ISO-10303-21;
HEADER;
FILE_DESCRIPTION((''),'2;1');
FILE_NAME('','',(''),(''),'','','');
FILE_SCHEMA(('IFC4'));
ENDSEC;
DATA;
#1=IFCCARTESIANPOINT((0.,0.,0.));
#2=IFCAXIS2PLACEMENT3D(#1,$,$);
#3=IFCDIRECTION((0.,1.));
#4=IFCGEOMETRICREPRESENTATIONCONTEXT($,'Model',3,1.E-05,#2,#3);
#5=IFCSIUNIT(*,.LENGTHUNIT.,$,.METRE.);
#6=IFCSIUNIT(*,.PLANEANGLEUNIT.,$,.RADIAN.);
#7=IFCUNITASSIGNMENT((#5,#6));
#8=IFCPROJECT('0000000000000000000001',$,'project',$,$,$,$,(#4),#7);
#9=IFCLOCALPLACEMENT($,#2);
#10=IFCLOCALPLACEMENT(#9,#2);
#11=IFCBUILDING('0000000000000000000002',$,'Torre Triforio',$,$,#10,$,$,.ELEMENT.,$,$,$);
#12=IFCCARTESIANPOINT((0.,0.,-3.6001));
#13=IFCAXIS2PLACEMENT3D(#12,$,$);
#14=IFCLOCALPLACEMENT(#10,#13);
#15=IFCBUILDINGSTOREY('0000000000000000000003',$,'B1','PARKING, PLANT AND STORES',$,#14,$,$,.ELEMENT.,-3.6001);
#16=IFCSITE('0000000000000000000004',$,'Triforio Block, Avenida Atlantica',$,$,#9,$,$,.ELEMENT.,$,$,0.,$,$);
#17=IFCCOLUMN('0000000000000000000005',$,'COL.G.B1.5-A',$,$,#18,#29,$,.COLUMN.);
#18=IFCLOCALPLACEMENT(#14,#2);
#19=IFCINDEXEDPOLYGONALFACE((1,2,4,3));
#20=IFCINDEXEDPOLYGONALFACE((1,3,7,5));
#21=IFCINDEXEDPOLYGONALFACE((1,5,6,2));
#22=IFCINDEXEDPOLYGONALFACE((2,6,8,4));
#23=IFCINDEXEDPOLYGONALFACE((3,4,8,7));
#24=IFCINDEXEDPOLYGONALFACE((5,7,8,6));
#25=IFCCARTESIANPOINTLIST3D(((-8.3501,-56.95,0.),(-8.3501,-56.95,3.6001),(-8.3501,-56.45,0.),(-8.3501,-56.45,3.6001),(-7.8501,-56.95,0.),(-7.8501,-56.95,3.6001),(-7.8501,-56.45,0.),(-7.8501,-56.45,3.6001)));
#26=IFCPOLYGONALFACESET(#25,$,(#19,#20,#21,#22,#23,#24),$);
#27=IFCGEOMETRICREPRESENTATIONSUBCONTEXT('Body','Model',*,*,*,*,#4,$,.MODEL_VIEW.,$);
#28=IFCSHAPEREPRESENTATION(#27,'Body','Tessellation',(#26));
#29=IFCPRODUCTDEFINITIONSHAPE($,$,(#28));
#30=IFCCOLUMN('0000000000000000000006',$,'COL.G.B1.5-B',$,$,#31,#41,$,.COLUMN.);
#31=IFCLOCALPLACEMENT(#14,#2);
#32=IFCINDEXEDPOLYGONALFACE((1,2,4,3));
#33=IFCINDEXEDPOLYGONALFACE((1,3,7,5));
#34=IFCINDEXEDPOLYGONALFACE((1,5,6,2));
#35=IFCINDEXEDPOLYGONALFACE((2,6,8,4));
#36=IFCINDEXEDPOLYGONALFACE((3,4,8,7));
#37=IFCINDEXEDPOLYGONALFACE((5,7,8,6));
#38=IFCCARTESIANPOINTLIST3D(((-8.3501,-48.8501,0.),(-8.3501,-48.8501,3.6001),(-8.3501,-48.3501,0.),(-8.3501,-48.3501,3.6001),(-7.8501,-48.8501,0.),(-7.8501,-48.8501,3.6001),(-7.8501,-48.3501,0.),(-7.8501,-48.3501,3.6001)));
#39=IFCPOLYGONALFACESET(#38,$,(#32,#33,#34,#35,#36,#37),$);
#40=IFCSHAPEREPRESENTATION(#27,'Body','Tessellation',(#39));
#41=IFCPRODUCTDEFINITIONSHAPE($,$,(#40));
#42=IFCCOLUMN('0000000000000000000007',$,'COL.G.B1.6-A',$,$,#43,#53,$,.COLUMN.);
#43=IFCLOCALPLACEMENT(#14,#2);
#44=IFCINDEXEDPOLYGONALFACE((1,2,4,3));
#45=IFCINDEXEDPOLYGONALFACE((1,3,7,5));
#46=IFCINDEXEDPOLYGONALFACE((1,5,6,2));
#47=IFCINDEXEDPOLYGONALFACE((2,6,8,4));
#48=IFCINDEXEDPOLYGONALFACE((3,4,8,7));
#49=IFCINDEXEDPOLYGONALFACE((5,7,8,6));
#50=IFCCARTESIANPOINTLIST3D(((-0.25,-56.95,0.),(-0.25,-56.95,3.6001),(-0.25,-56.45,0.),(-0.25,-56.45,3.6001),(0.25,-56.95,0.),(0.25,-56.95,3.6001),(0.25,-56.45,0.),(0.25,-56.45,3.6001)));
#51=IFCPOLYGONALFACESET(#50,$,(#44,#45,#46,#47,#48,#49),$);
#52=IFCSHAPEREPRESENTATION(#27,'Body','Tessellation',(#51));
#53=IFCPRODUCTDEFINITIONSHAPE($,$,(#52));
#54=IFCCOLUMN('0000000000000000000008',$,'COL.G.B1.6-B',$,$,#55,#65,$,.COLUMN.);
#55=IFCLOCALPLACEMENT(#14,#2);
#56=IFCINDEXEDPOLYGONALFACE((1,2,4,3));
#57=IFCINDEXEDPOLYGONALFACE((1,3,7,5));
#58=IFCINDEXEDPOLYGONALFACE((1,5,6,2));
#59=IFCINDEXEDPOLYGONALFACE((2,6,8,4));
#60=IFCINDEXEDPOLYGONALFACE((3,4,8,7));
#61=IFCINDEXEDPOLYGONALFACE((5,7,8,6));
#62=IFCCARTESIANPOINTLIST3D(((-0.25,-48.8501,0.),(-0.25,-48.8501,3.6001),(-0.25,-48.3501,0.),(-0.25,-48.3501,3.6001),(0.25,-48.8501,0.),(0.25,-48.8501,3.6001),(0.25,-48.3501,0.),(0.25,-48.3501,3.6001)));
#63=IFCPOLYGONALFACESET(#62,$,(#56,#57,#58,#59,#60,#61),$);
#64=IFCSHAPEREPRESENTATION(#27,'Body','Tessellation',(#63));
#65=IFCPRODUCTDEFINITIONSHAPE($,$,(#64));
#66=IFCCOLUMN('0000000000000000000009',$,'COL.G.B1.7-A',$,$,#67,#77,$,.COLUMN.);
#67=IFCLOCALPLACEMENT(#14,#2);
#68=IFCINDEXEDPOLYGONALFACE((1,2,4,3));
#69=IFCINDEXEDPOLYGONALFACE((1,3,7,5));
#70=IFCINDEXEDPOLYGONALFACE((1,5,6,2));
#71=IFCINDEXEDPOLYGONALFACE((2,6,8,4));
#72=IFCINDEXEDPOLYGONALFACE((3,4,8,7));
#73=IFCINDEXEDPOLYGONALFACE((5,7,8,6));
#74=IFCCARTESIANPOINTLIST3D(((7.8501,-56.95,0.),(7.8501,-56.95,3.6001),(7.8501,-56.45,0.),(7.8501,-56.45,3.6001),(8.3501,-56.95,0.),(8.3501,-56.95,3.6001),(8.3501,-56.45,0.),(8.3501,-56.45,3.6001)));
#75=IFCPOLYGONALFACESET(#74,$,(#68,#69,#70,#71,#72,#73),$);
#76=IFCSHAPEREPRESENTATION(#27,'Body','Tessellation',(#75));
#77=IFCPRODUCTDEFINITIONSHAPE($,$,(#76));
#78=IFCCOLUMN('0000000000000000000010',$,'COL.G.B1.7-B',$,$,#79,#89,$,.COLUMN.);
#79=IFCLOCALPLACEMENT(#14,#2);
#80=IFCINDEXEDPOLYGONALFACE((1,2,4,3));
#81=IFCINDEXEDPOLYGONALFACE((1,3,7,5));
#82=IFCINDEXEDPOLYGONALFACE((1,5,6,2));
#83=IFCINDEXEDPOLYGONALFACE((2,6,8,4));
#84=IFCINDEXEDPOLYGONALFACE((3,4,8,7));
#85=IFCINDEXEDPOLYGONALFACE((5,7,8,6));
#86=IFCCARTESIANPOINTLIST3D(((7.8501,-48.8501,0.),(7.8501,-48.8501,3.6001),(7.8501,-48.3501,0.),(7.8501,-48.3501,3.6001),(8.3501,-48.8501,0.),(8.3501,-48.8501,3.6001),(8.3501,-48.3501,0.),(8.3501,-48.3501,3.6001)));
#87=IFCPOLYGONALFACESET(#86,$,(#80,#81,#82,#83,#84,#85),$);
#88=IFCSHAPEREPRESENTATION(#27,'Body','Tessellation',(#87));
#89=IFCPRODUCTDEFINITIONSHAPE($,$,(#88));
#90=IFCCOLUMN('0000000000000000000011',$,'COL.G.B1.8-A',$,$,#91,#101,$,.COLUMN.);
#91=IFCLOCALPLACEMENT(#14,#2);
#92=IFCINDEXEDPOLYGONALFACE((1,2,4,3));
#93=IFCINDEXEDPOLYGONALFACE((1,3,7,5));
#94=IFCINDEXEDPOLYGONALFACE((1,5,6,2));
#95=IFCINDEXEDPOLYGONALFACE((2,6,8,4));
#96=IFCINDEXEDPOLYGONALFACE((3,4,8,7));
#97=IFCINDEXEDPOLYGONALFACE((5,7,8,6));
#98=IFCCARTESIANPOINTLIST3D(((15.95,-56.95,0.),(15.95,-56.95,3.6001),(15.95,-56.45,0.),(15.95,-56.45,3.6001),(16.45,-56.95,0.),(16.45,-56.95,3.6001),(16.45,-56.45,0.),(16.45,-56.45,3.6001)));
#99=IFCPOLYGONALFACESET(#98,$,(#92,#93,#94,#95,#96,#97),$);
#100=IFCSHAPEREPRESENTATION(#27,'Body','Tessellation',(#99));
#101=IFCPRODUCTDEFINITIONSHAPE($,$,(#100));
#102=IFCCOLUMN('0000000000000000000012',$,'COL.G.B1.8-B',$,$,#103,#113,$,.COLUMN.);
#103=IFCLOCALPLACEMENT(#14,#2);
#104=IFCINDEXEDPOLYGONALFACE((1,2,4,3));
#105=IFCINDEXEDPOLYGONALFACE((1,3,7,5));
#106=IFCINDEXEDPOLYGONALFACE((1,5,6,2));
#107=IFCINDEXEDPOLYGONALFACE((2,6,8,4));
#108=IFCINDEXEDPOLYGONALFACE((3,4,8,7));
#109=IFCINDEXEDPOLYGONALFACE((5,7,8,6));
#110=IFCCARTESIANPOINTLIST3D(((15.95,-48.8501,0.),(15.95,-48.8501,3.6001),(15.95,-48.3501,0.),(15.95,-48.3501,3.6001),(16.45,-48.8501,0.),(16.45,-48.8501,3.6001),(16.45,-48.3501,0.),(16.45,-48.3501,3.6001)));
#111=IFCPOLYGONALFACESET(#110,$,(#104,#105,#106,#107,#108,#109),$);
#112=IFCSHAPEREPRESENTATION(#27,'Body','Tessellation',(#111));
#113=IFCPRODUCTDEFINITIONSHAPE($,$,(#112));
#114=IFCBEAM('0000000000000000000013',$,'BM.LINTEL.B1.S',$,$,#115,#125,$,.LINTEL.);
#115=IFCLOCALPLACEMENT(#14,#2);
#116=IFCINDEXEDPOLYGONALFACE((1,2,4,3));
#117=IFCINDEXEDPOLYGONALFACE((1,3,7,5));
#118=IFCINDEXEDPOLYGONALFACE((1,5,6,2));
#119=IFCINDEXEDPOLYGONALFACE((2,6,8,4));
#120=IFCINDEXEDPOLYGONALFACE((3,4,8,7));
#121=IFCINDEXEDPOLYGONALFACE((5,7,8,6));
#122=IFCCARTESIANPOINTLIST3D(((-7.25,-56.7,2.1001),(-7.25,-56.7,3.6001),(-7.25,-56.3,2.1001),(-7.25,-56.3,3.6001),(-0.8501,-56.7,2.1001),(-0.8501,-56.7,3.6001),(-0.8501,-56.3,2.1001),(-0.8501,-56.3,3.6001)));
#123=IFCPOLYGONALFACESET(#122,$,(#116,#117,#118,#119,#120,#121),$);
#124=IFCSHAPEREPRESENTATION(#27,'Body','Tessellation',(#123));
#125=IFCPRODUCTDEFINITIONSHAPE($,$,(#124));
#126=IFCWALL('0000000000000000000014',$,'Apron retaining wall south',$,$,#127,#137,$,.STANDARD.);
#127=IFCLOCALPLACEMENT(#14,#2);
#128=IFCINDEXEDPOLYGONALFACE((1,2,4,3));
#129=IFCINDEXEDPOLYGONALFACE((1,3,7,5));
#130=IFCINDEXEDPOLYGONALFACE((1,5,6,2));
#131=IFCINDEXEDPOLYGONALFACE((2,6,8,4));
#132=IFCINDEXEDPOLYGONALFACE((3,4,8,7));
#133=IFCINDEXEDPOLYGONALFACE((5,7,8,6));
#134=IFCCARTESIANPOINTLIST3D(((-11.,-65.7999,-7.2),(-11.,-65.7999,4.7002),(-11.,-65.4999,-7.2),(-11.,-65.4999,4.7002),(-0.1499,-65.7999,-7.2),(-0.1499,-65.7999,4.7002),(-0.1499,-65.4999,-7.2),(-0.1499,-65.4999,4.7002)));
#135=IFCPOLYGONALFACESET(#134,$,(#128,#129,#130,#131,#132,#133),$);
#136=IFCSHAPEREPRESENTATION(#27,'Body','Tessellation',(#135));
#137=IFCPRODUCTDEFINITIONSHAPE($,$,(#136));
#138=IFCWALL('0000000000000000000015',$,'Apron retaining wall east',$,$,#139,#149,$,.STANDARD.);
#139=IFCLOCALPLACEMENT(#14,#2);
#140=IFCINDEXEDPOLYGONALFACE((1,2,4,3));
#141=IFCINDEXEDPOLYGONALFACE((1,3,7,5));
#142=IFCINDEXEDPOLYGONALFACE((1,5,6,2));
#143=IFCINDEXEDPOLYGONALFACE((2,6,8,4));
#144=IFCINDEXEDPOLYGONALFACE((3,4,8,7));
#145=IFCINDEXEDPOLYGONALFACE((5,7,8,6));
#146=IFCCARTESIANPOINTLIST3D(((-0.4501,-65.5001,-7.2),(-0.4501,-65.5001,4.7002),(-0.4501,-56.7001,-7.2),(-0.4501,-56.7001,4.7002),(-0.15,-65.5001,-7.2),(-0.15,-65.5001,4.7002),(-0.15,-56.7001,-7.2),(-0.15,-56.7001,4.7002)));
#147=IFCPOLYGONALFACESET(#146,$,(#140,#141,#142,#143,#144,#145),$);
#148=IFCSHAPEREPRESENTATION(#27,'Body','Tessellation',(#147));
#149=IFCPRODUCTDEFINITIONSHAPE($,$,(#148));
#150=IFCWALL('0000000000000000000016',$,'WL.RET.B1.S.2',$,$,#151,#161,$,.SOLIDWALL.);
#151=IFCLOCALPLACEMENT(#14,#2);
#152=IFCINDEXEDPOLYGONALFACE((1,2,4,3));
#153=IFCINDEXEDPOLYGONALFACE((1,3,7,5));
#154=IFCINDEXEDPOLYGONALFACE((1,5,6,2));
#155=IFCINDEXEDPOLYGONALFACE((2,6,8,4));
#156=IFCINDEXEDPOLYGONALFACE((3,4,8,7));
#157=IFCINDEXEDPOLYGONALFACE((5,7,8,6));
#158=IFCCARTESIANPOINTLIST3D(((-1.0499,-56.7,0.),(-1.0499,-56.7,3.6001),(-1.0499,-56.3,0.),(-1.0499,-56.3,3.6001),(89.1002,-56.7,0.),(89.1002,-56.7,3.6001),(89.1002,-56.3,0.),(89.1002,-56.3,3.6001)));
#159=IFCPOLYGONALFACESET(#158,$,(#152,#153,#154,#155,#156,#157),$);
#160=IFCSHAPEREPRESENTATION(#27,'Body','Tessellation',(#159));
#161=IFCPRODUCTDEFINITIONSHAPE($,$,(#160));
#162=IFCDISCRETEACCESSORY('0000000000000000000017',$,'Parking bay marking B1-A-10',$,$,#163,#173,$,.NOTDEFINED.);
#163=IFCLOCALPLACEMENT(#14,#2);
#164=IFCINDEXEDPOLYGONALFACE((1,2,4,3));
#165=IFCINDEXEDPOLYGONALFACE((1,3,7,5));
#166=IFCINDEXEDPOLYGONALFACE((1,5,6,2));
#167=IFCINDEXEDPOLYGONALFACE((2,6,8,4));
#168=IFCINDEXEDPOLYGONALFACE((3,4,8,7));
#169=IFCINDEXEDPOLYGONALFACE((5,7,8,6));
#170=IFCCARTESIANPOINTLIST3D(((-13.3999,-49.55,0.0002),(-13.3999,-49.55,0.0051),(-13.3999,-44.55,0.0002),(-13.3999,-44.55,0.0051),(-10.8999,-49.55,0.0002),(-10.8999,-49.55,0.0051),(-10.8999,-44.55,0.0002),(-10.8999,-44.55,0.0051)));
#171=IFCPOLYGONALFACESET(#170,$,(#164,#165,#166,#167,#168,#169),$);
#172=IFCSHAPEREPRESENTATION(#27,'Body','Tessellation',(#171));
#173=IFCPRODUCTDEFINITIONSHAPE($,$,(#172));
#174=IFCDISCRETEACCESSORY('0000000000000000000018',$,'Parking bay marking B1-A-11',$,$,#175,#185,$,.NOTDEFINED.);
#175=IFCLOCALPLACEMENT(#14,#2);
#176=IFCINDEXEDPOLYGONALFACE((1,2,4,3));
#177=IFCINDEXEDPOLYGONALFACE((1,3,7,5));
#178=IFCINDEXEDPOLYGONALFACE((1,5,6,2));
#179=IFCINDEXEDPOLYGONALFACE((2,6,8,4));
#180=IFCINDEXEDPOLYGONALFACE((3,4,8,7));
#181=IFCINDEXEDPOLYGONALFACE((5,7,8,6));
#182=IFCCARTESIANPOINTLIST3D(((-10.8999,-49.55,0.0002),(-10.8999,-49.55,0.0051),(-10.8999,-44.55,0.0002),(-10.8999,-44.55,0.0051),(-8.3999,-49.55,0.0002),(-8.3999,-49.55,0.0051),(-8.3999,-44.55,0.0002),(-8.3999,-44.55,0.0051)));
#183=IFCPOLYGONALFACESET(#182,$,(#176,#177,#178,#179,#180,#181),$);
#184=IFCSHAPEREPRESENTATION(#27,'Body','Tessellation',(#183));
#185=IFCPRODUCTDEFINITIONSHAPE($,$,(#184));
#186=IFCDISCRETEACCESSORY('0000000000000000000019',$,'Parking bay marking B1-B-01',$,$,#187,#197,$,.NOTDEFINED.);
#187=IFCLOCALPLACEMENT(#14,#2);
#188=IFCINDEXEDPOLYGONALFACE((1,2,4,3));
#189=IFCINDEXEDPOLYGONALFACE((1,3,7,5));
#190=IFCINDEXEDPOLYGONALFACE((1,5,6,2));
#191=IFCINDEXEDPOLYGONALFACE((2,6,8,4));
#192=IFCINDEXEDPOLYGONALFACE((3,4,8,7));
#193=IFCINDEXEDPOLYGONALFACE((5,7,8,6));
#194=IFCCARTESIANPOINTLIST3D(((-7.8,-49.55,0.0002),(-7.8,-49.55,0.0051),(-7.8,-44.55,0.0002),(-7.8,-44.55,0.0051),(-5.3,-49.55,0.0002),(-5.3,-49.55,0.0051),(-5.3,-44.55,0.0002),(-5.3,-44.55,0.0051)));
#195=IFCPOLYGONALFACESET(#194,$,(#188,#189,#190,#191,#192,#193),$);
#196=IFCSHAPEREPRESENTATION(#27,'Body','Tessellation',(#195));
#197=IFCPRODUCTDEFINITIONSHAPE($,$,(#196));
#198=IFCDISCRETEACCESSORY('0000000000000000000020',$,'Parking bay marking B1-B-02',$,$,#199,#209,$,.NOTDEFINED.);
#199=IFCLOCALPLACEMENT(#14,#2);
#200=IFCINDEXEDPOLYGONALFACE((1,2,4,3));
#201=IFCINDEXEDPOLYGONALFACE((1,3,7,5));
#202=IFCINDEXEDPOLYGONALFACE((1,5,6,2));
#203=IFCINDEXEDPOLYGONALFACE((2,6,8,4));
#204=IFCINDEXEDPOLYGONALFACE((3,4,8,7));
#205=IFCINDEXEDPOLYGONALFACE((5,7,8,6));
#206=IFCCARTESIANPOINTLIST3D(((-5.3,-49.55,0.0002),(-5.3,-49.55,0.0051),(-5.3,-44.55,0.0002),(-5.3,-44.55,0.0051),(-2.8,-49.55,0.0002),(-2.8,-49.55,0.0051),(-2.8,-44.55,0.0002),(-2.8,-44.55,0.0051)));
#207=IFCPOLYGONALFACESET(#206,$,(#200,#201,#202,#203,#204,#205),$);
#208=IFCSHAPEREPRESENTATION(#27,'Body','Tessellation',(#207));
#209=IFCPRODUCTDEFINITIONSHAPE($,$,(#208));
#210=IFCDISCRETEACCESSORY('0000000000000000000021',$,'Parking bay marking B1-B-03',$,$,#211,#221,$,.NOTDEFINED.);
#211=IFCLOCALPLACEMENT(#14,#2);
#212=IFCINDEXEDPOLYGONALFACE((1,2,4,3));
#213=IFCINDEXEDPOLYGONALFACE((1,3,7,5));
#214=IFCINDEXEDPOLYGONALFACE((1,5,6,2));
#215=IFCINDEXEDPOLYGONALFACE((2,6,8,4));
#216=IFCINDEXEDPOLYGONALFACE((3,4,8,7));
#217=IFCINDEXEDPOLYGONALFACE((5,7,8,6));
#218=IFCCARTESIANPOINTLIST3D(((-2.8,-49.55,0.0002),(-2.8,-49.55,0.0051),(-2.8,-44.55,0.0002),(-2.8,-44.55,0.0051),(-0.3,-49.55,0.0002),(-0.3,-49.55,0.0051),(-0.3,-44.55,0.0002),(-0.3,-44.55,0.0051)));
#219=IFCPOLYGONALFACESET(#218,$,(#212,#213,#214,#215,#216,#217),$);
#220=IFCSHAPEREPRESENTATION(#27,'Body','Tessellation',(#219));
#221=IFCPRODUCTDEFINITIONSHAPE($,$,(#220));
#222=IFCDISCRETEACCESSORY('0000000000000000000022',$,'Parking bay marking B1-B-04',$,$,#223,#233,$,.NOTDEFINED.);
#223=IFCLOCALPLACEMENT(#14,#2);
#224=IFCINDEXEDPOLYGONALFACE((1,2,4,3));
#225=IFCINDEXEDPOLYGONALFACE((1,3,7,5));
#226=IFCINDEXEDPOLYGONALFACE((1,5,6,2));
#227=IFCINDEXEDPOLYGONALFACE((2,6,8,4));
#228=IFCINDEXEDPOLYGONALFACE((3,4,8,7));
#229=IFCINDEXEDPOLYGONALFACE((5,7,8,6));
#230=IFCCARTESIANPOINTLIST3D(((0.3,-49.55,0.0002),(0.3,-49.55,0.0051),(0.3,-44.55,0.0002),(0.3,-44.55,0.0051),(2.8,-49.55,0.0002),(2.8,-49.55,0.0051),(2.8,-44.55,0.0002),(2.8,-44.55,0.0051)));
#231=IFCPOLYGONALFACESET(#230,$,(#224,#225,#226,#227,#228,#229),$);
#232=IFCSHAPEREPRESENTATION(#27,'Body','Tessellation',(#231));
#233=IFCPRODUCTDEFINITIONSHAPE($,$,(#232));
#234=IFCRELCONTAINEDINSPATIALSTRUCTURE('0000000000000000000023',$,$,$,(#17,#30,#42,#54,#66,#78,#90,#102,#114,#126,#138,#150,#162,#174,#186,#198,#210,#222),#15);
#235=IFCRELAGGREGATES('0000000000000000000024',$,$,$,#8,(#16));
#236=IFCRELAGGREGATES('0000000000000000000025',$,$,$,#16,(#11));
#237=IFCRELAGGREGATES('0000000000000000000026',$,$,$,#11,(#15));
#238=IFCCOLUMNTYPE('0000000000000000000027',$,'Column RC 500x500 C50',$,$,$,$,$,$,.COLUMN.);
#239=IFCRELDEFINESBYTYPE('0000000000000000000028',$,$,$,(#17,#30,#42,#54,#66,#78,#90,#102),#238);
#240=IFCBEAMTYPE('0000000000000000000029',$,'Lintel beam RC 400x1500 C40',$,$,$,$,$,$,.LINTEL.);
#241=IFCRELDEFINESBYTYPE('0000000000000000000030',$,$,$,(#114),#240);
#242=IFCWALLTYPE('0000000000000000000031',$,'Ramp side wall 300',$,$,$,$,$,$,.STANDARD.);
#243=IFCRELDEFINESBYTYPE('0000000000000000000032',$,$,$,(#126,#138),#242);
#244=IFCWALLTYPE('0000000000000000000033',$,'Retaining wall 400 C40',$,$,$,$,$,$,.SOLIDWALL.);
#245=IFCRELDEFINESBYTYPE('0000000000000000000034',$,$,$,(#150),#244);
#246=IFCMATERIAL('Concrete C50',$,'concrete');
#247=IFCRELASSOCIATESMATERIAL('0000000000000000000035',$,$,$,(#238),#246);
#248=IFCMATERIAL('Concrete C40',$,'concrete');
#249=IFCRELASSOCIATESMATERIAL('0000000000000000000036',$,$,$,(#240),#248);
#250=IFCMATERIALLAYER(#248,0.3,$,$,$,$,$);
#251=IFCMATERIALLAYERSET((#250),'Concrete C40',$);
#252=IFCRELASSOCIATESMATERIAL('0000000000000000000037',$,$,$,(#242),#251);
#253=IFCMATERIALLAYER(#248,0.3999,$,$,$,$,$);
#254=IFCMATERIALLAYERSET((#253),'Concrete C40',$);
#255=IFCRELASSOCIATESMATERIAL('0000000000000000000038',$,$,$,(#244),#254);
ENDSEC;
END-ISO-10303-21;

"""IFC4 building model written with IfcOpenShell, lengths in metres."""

from ifc_helpers import new_model, si_unit, direction, frame, frame_2d, origin, origin_2d, place, context, subcontext, project, spatial, rectangle, extrude, material, layer, layer_set, material_profile, profile_set, type_object, element, save


model = new_model("IFC4")

# Units and contexts
model_context = context("Model", 3, precision=1e-05, world=origin(), true_north=direction((0.0, 1.0)))
body_context = subcontext(model_context, "Body", "Model", "MODEL_VIEW")
ifc_project = project(units=[si_unit("LENGTHUNIT", "METRE"), si_unit("PLANEANGLEUNIT", "RADIAN")], contexts=[model_context])

# Site, building, storey
site_placement = place(None, origin())
site = spatial("IfcSite", under=ifc_project, at=site_placement, Name="Triforio Block, Avenida Atlantica", CompositionType="ELEMENT", RefElevation=0.0)
building_placement = place(site_placement, origin())
building = spatial("IfcBuilding", under=site, at=building_placement, Name="Torre Triforio", CompositionType="ELEMENT")
storey_placement = place(building_placement, frame((0.0, 0.0, -3.6001)))
storey = spatial("IfcBuildingStorey", under=building, at=storey_placement, Name="B1", Description="PARKING, PLANT AND STORES", CompositionType="ELEMENT", Elevation=-3.6001)

# Columns
ifc_material_1 = material(Name="Concrete C50", Category="concrete")
ifc_material_profile_1 = material_profile(ifc_material_1, rectangle(XDim=0.5, YDim=0.5, at=origin_2d()), Name="RC 500x500")
ifc_profile_set_1 = profile_set([ifc_material_profile_1], Name="Concrete C50")
column_type = type_object("IfcColumnType", Name="Column RC 500x500 C50", PredefinedType="COLUMN", material=ifc_profile_set_1)
for number, where, z_axis, x_axis, name in (
    (1, (-8.1001, -56.7, 0.0), (0.0, 0.0, 1.0), (1.0, 0.0, 0.0), "COL.G.B1.5-A"),
    (2, (-8.1001, -48.6001, 0.0), (0.0, 0.0, 1.0), (1.0, 0.0, 0.0), "COL.G.B1.5-B"),
    (3, (0.0, -56.7, 0.0), (0.0, 0.0, 1.0), (1.0, 0.0, 0.0), "COL.G.B1.6-A"),
    (4, (0.0, -48.6001, 0.0), (0.0, 0.0, 1.0), (1.0, 0.0, 0.0), "COL.G.B1.6-B"),
    (5, (8.1001, -56.7, 0.0), (0.0, 0.0, 1.0), (1.0, 0.0, 0.0), "COL.G.B1.7-A"),
    (6, (8.1001, -48.6001, 0.0), (0.0, 0.0, 1.0), (1.0, 0.0, 0.0), "COL.G.B1.7-B"),
    (7, (16.2, -56.7, 0.0), (0.0, 0.0, 1.0), (1.0, 0.0, 0.0), "COL.G.B1.8-A"),
    (8, (16.2, -48.6001, 0.0), (0.0, 0.0, 1.0), (1.0, 0.0, 0.0), "COL.G.B1.8-B"),
):
    element("IfcColumn", number, at=place(storey_placement, frame(where, z_axis=z_axis, x_axis=x_axis)), inside=storey, type_object=column_type, Name=name, PredefinedType="COLUMN", context=body_context, shape_type="SweptSolid", body=[
        extrude(rectangle(XDim=0.5, YDim=0.5, at=origin_2d()), origin(), (0.0, 0.0, 1.0), 3.6001),
    ])

# Beam
ifc_material_2 = material(Name="Concrete C40", Category="concrete")
ifc_material_profile_2 = material_profile(ifc_material_2, rectangle(XDim=0.3999, YDim=1.5, at=origin_2d()), Name="RC 400x1500")
ifc_profile_set_2 = profile_set([ifc_material_profile_2], Name="Concrete C40")
beam_type = type_object("IfcBeamType", Name="Lintel beam RC 400x1500 C40", PredefinedType="LINTEL", material=ifc_profile_set_2)
beam_placement = place(storey_placement, frame((-7.25, -56.5, 2.8501), z_axis=(1.0, 0.0, 0.0), x_axis=(0.0, 1.0, 0.0)))
element("IfcBeam", 9, at=beam_placement, inside=storey, type_object=beam_type, Name="BM.LINTEL.B1.S", PredefinedType="LINTEL", context=body_context, shape_type="SweptSolid", body=[
    extrude(rectangle(XDim=0.3999, YDim=1.5, at=origin_2d()), origin(), (0.0, 0.0, 1.0), 6.3999),
])

# Walls
ifc_layer_1 = layer(ifc_material_2, 0.3)
ifc_layer_set_1 = layer_set([ifc_layer_1], Name="Concrete C40")
wall_type_1 = type_object("IfcWallType", Name="Ramp side wall 300", PredefinedType="STANDARD", material=ifc_layer_set_1)
wall_1_placement = place(storey_placement, frame((-11.0, -65.6499, -7.2), z_axis=(0.0, 0.0, 1.0), x_axis=(1.0, 0.0, 0.0)))
element("IfcWall", 10, at=wall_1_placement, inside=storey, type_object=wall_type_1, Name="Apron retaining wall south", PredefinedType="STANDARD", context=body_context, shape_type="SweptSolid", body=[
    extrude(rectangle(XDim=10.8501, YDim=0.3, at=frame_2d((5.425, 0.0))), origin(), (0.0, 0.0, 1.0), 11.9001),
])
wall_2_placement = place(storey_placement, frame((-0.3, -65.5, -7.2), z_axis=(0.0, 0.0, 1.0), x_axis=(0.0, 1.0, 0.0)))
element("IfcWall", 11, at=wall_2_placement, inside=storey, type_object=wall_type_1, Name="Apron retaining wall east", PredefinedType="STANDARD", context=body_context, shape_type="SweptSolid", body=[
    extrude(rectangle(XDim=8.8, YDim=0.3, at=frame_2d((4.3999, 0.0))), origin(), (0.0, 0.0, 1.0), 11.9001),
])
ifc_layer_2 = layer(ifc_material_2, 0.3999)
ifc_layer_set_2 = layer_set([ifc_layer_2], Name="Concrete C40")
wall_type_2 = type_object("IfcWallType", Name="Retaining wall 400 C40", PredefinedType="SOLIDWALL", material=ifc_layer_set_2)
wall_3_placement = place(storey_placement, frame((-1.05, -56.5, 0.0), z_axis=(0.0, 0.0, 1.0), x_axis=(1.0, 0.0, 0.0)))
element("IfcWall", 12, at=wall_3_placement, inside=storey, type_object=wall_type_2, Name="WL.RET.B1.S.2", PredefinedType="SOLIDWALL", context=body_context, shape_type="SweptSolid", body=[
    extrude(rectangle(XDim=90.1501, YDim=0.3999, at=frame_2d((45.0752, 0.0))), origin(), (0.0, 0.0, 1.0), 3.6001),
])

# Discrete accessories
for number, where, z_axis, x_axis, name in (
    (13, (-12.1499, -47.05, 0.0002), (0.0, 0.0, 1.0), (1.0, 0.0, 0.0), "Parking bay marking B1-A-10"),
    (14, (-9.6499, -47.05, 0.0002), (0.0, 0.0, 1.0), (1.0, 0.0, 0.0), "Parking bay marking B1-A-11"),
    (15, (-6.55, -47.05, 0.0002), (0.0, 0.0, 1.0), (1.0, 0.0, 0.0), "Parking bay marking B1-B-01"),
    (16, (-4.05, -47.05, 0.0002), (0.0, 0.0, 1.0), (1.0, 0.0, 0.0), "Parking bay marking B1-B-02"),
    (17, (-1.55, -47.05, 0.0002), (0.0, 0.0, 1.0), (1.0, 0.0, 0.0), "Parking bay marking B1-B-03"),
    (18, (1.55, -47.05, 0.0002), (0.0, 0.0, 1.0), (1.0, 0.0, 0.0), "Parking bay marking B1-B-04"),
):
    element("IfcDiscreteAccessory", number, at=place(storey_placement, frame(where, z_axis=z_axis, x_axis=x_axis)), inside=storey, Name=name, PredefinedType="NOTDEFINED", context=body_context, shape_type="SweptSolid", body=[
        extrude(rectangle(XDim=2.5, YDim=5.0, at=origin_2d()), origin(), (0.0, 0.0, 1.0), 0.0049),
    ])

save(model, "model.ifc")
